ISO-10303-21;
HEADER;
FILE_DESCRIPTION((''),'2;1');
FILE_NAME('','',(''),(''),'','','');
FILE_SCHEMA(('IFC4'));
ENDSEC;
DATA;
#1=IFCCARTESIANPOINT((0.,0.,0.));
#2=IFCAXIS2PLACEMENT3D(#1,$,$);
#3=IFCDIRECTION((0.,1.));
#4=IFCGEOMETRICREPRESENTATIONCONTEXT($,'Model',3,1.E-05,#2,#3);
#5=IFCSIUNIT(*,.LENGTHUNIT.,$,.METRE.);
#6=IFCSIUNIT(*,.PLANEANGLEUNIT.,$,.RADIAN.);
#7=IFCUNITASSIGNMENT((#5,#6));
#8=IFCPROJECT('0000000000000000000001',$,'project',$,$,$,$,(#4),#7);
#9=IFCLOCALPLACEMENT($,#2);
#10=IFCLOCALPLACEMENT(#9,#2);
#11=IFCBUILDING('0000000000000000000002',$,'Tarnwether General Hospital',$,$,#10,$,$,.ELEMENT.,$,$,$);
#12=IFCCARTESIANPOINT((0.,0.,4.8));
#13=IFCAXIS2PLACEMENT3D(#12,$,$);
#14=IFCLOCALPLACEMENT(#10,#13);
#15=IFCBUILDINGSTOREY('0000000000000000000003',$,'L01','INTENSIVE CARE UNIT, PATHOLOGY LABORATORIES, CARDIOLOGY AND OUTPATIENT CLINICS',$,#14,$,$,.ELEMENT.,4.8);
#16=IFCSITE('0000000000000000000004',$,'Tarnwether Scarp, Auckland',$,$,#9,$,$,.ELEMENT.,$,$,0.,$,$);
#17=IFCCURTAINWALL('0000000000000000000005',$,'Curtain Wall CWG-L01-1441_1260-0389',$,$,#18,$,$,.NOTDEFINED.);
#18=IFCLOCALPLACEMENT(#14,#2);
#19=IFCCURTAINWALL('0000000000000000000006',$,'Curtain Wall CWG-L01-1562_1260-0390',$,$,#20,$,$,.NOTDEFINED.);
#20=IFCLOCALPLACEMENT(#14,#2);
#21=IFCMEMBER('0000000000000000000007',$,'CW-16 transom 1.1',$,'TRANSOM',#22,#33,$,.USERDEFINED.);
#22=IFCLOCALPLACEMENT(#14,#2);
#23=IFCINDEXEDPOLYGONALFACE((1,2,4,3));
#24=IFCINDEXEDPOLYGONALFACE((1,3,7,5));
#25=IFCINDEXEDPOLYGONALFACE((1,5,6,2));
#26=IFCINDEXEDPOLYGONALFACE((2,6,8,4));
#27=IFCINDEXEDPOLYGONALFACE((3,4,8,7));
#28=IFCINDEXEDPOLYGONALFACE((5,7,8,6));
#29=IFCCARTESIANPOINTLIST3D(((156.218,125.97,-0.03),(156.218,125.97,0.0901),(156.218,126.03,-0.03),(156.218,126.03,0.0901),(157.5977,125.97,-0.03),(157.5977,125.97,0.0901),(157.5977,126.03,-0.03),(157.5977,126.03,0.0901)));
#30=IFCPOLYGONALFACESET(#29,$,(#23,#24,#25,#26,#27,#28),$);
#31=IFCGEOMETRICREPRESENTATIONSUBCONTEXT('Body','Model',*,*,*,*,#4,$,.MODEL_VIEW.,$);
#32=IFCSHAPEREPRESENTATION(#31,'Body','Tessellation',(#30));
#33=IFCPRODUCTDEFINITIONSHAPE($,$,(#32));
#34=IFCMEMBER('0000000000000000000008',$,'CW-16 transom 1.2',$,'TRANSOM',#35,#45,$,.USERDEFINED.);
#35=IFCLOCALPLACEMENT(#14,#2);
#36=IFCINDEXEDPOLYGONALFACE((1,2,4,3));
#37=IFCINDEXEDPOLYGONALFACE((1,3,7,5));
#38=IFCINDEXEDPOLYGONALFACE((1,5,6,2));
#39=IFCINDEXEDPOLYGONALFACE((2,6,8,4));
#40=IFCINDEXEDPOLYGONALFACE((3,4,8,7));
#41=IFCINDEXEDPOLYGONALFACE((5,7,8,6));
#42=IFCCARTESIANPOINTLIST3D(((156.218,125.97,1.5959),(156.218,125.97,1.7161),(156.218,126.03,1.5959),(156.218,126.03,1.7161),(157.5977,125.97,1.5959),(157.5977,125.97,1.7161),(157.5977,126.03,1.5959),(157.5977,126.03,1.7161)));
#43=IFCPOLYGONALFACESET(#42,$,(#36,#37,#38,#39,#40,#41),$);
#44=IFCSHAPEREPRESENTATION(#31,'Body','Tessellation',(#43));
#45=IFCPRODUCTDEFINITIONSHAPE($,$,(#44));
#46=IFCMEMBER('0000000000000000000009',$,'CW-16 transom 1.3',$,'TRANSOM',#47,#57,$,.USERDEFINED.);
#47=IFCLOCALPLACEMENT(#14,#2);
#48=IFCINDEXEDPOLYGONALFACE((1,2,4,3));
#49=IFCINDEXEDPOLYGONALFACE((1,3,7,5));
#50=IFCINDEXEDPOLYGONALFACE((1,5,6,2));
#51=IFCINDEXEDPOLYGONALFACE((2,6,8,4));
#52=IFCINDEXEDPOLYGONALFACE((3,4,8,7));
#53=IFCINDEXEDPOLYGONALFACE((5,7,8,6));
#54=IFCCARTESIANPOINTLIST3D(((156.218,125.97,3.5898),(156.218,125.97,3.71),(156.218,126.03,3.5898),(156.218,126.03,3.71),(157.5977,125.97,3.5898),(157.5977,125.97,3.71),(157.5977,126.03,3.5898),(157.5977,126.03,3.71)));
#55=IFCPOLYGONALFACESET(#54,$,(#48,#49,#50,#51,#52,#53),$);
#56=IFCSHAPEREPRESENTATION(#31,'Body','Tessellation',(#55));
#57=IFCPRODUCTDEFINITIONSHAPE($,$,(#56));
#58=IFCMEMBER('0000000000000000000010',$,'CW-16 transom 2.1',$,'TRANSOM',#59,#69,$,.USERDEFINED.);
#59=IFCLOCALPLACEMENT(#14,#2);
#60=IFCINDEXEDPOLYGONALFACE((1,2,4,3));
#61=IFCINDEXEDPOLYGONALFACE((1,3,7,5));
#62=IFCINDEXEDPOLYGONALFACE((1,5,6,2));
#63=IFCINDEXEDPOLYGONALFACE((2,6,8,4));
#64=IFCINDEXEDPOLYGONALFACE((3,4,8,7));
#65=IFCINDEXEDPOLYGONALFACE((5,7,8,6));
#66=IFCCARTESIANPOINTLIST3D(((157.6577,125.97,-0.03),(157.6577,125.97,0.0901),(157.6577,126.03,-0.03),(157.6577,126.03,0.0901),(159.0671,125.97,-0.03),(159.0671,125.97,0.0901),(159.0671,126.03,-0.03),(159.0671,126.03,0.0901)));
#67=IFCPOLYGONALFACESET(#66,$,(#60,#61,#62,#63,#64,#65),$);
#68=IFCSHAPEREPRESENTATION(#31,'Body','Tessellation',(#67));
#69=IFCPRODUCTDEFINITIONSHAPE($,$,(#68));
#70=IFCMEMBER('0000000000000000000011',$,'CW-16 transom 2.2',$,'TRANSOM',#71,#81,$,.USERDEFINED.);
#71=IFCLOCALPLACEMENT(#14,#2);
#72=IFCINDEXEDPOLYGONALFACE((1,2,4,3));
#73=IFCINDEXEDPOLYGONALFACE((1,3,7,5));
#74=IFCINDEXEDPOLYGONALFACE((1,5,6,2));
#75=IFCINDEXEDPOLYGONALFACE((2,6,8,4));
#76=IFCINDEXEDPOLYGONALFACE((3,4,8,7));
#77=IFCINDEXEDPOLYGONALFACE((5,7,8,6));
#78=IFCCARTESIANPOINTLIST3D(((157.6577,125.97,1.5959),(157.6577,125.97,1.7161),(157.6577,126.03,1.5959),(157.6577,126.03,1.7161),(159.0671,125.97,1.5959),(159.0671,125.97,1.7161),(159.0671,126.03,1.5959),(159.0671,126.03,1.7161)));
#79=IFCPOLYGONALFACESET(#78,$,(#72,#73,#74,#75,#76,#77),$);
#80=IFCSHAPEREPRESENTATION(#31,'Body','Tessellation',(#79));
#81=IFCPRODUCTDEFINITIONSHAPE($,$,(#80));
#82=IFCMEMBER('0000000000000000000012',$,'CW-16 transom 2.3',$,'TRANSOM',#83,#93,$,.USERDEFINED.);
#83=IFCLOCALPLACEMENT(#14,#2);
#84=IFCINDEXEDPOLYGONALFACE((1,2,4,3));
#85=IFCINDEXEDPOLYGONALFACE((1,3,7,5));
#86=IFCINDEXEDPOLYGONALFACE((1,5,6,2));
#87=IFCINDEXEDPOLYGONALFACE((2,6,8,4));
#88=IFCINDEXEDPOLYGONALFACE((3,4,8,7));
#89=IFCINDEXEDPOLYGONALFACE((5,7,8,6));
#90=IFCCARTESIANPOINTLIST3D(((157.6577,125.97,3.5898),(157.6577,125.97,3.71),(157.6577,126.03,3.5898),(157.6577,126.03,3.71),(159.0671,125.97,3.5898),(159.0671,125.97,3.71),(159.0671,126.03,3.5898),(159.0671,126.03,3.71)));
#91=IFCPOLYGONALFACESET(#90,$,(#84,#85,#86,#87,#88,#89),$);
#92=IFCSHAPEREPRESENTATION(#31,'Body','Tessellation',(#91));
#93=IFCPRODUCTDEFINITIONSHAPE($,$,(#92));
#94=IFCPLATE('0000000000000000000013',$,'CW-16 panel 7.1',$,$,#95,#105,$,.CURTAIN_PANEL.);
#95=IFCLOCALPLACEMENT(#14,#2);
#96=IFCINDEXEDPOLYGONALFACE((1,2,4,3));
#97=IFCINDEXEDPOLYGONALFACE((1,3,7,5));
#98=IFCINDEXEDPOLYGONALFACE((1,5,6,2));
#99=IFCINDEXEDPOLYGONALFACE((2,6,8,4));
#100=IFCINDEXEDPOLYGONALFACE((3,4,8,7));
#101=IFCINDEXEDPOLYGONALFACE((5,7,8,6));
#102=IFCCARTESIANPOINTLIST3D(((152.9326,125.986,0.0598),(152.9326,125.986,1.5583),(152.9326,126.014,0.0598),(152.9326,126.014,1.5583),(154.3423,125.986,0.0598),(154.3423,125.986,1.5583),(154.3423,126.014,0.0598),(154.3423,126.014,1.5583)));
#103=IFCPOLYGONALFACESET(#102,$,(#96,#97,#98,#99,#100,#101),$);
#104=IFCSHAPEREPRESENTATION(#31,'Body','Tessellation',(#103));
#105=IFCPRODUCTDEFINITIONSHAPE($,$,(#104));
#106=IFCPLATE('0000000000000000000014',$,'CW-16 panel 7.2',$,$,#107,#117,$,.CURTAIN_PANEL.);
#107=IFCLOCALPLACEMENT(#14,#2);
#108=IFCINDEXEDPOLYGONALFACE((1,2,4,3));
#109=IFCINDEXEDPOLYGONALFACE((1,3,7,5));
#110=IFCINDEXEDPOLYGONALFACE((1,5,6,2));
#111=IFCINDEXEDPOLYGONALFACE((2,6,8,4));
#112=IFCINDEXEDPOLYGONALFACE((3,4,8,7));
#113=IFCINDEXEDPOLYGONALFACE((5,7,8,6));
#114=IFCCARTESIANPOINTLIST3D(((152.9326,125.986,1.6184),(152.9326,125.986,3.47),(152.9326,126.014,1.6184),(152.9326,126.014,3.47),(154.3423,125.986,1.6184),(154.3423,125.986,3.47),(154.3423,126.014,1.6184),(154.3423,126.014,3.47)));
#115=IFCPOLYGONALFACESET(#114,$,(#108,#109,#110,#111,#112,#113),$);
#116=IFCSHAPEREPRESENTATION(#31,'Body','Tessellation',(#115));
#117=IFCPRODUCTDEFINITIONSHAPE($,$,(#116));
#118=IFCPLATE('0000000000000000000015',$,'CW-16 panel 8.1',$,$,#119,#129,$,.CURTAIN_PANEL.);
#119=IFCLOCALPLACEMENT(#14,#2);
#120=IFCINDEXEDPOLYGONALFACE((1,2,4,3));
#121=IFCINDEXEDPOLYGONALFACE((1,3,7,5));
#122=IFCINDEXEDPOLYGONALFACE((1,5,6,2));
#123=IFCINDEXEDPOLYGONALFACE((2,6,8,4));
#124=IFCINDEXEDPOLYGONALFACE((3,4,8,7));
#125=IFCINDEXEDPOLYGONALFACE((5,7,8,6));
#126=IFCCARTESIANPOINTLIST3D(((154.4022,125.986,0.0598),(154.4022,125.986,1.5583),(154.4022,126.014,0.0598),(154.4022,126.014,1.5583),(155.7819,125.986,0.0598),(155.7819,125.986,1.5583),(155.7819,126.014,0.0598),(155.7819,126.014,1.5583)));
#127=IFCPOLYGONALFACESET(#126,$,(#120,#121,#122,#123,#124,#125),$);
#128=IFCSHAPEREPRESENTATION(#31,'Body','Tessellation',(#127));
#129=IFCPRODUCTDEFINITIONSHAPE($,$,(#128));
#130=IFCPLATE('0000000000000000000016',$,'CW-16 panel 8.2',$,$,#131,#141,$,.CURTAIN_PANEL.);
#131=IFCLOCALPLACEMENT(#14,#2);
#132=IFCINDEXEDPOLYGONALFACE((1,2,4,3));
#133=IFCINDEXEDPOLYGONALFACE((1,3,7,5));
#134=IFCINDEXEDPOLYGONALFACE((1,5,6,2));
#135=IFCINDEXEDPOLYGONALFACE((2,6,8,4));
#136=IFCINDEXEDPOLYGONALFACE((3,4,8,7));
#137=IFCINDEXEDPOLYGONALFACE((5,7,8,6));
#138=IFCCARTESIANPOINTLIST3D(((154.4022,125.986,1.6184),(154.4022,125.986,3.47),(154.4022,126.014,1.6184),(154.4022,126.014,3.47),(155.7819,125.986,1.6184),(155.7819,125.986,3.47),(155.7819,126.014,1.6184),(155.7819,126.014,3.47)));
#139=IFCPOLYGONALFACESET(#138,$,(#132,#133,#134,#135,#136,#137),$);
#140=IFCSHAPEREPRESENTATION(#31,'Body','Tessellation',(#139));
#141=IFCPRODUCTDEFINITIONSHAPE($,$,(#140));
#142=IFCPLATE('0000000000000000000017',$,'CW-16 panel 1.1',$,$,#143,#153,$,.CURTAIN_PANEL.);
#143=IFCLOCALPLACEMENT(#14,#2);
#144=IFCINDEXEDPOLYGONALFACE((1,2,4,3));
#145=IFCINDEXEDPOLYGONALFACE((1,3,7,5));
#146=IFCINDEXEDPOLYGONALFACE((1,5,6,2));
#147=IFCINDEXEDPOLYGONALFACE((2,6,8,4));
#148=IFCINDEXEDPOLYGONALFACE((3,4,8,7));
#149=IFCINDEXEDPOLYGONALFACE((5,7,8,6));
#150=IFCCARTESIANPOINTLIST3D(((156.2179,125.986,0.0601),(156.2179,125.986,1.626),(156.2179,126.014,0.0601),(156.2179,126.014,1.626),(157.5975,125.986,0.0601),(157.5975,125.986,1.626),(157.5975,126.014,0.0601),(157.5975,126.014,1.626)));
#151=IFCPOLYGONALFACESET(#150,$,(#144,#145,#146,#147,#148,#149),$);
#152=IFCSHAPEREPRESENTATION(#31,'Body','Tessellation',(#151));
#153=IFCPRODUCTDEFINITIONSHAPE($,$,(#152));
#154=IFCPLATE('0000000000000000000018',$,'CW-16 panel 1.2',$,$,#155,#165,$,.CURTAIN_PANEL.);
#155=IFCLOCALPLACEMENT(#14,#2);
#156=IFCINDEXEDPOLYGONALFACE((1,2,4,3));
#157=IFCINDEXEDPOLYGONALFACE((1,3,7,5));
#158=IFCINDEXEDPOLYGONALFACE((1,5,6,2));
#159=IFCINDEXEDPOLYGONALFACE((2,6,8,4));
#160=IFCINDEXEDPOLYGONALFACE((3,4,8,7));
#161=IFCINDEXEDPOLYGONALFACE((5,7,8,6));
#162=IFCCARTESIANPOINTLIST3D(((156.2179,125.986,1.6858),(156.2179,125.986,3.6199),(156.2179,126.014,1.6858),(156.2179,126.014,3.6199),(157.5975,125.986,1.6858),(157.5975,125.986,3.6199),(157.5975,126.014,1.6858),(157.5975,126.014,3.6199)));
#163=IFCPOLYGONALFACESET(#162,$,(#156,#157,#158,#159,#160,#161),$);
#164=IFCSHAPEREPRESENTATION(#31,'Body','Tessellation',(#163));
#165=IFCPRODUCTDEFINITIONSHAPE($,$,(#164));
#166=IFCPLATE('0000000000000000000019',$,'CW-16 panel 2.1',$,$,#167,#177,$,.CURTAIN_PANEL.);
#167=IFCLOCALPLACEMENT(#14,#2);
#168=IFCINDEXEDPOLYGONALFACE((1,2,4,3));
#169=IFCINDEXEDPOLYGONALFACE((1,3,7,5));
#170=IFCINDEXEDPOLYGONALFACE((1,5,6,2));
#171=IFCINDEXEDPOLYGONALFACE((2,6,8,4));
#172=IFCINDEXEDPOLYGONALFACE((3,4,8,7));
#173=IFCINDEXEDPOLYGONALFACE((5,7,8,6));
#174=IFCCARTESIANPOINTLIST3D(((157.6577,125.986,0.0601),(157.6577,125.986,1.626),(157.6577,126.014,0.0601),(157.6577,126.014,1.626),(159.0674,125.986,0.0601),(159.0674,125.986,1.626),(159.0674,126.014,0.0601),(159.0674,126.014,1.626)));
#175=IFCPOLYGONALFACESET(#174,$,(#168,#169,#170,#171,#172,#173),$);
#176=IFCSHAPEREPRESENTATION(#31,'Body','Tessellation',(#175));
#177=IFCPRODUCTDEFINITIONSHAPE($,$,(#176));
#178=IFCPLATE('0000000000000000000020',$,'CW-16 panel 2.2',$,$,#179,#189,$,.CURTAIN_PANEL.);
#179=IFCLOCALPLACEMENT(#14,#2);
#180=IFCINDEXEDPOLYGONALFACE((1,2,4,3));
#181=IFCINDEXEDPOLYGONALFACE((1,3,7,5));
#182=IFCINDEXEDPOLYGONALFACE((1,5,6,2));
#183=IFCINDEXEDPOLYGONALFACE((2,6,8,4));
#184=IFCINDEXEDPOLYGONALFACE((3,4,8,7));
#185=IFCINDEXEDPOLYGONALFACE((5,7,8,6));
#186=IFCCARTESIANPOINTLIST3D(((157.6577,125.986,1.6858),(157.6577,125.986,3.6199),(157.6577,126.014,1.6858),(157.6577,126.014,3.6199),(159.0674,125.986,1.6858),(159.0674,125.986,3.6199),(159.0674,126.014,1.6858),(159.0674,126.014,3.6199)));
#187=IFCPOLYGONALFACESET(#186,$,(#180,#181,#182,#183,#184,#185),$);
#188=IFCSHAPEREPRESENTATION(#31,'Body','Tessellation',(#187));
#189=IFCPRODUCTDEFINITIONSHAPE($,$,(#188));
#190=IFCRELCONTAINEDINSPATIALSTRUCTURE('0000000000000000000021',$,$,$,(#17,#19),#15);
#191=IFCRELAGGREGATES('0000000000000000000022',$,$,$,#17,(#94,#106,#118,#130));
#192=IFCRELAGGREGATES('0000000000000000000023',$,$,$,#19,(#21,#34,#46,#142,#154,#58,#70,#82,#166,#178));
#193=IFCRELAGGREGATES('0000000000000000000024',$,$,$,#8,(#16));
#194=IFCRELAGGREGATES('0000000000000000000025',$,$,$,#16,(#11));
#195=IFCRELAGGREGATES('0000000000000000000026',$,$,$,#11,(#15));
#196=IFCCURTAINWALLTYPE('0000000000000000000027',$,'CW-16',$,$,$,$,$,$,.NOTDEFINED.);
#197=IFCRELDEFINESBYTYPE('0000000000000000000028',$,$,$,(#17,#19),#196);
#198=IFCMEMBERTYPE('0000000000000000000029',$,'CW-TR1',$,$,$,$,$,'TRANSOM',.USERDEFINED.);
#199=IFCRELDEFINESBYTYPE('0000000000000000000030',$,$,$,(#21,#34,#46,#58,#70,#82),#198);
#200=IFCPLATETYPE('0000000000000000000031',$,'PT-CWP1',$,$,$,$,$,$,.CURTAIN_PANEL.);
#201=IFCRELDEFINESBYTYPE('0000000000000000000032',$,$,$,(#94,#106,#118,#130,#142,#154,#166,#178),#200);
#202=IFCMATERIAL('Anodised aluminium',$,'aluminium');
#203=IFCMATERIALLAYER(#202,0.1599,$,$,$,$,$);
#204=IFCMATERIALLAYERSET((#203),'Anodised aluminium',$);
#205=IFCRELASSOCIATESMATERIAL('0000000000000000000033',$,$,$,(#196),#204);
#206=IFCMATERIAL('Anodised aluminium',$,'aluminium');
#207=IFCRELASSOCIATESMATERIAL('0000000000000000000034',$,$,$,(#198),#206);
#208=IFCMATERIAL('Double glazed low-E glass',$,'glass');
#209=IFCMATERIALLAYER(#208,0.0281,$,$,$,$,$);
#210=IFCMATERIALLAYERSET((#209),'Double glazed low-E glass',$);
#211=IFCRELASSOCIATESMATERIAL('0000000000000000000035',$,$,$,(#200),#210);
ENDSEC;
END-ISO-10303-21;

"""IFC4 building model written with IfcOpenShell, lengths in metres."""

from ifc_helpers import new_model, si_unit, direction, frame, origin, origin_2d, place, context, subcontext, project, spatial, rectangle, extrude, material, layer, layer_set, material_profile, profile_set, type_object, element, aggregate, save


model = new_model("IFC4")

# Units and contexts
model_context = context("Model", 3, precision=1e-05, world=origin(), true_north=direction((0.0, 1.0)))
body_context = subcontext(model_context, "Body", "Model", "MODEL_VIEW")
ifc_project = project(units=[si_unit("LENGTHUNIT", "METRE"), si_unit("PLANEANGLEUNIT", "RADIAN")], contexts=[model_context])

# Site, building, storey
site_placement = place(None, origin())
site = spatial("IfcSite", under=ifc_project, at=site_placement, Name="Tarnwether Scarp, Auckland", CompositionType="ELEMENT", RefElevation=0.0)
building_placement = place(site_placement, origin())
building = spatial("IfcBuilding", under=site, at=building_placement, Name="Tarnwether General Hospital", CompositionType="ELEMENT")
storey_placement = place(building_placement, frame((0.0, 0.0, 4.8)))
storey = spatial("IfcBuildingStorey", under=building, at=storey_placement, Name="L01", Description="INTENSIVE CARE UNIT, PATHOLOGY LABORATORIES, CARDIOLOGY AND OUTPATIENT CLINICS", CompositionType="ELEMENT", Elevation=4.8)

# Curtain walls
ifc_material_1 = material(Name="Anodised aluminium", Category="aluminium")
ifc_layer_1 = layer(ifc_material_1, 0.1599)
ifc_layer_set_1 = layer_set([ifc_layer_1], Name="Anodised aluminium")
curtain_wall_type = type_object("IfcCurtainWallType", Name="CW-16", PredefinedType="NOTDEFINED", material=ifc_layer_set_1)
curtain_wall_1_placement = place(storey_placement, origin())
curtain_wall_1 = element("IfcCurtainWall", 1, at=curtain_wall_1_placement, inside=storey, type_object=curtain_wall_type, Name="Curtain Wall CWG-L01-1441_1260-0389", PredefinedType="NOTDEFINED")
curtain_wall_2_placement = place(storey_placement, origin())
curtain_wall_2 = element("IfcCurtainWall", 2, at=curtain_wall_2_placement, inside=storey, type_object=curtain_wall_type, Name="Curtain Wall CWG-L01-1562_1260-0390", PredefinedType="NOTDEFINED")

# Members
ifc_material_2 = material(Name="Anodised aluminium", Category="aluminium")
ifc_material_profile_1 = material_profile(ifc_material_2, rectangle(XDim=0.0601, YDim=0.1201, at=origin_2d()), Name="ALU-TRN-60x120")
ifc_profile_set_1 = profile_set([ifc_material_profile_1], Name="Anodised aluminium")
member_type_1 = type_object("IfcMemberType", Name="CW-TR1", ElementType="TRANSOM", PredefinedType="USERDEFINED", material=ifc_profile_set_1)
member_1_placement = place(storey_placement, frame((156.218, 126.0, 0.03), z_axis=(1.0, 0.0, 0.0), x_axis=(0.0, 1.0, 0.0)))
member_1 = element("IfcMember", 3, at=member_1_placement, type_object=member_type_1, Name="CW-16 transom 1.1", ObjectType="TRANSOM", PredefinedType="USERDEFINED", context=body_context, shape_type="SweptSolid", body=[
    extrude(rectangle(XDim=0.0601, YDim=0.1201, at=origin_2d()), origin(), (0.0, 0.0, 1.0), 1.3796),
])
member_2_placement = place(storey_placement, frame((156.218, 126.0, 1.656), z_axis=(1.0, 0.0, 0.0), x_axis=(0.0, 1.0, 0.0)))
member_2 = element("IfcMember", 4, at=member_2_placement, type_object=member_type_1, Name="CW-16 transom 1.2", ObjectType="TRANSOM", PredefinedType="USERDEFINED", context=body_context, shape_type="SweptSolid", body=[
    extrude(rectangle(XDim=0.0601, YDim=0.1201, at=origin_2d()), origin(), (0.0, 0.0, 1.0), 1.3796),
])
member_3_placement = place(storey_placement, frame((156.218, 126.0, 3.6499), z_axis=(1.0, 0.0, 0.0), x_axis=(0.0, 1.0, 0.0)))
member_3 = element("IfcMember", 5, at=member_3_placement, type_object=member_type_1, Name="CW-16 transom 1.3", ObjectType="TRANSOM", PredefinedType="USERDEFINED", context=body_context, shape_type="SweptSolid", body=[
    extrude(rectangle(XDim=0.0601, YDim=0.1201, at=origin_2d()), origin(), (0.0, 0.0, 1.0), 1.3796),
])
member_4_placement = place(storey_placement, frame((157.6577, 126.0, 0.03), z_axis=(1.0, 0.0, 0.0), x_axis=(0.0, 1.0, 0.0)))
member_4 = element("IfcMember", 6, at=member_4_placement, type_object=member_type_1, Name="CW-16 transom 2.1", ObjectType="TRANSOM", PredefinedType="USERDEFINED", context=body_context, shape_type="SweptSolid", body=[
    extrude(rectangle(XDim=0.0601, YDim=0.1201, at=origin_2d()), origin(), (0.0, 0.0, 1.0), 1.4094),
])
member_5_placement = place(storey_placement, frame((157.6577, 126.0, 1.656), z_axis=(1.0, 0.0, 0.0), x_axis=(0.0, 1.0, 0.0)))
member_5 = element("IfcMember", 7, at=member_5_placement, type_object=member_type_1, Name="CW-16 transom 2.2", ObjectType="TRANSOM", PredefinedType="USERDEFINED", context=body_context, shape_type="SweptSolid", body=[
    extrude(rectangle(XDim=0.0601, YDim=0.1201, at=origin_2d()), origin(), (0.0, 0.0, 1.0), 1.4094),
])
member_6_placement = place(storey_placement, frame((157.6577, 126.0, 3.6499), z_axis=(1.0, 0.0, 0.0), x_axis=(0.0, 1.0, 0.0)))
member_6 = element("IfcMember", 8, at=member_6_placement, type_object=member_type_1, Name="CW-16 transom 2.3", ObjectType="TRANSOM", PredefinedType="USERDEFINED", context=body_context, shape_type="SweptSolid", body=[
    extrude(rectangle(XDim=0.0601, YDim=0.1201, at=origin_2d()), origin(), (0.0, 0.0, 1.0), 1.4094),
])

# Plates
ifc_material_3 = material(Name="Double glazed low-E glass", Category="glass")
ifc_layer_2 = layer(ifc_material_3, 0.0281)
ifc_layer_set_2 = layer_set([ifc_layer_2], Name="Double glazed low-E glass")
plate_type_1 = type_object("IfcPlateType", Name="PT-CWP1", PredefinedType="CURTAIN_PANEL", material=ifc_layer_set_2)
plate_1_placement = place(storey_placement, frame((153.6375, 126.0, 0.0598), z_axis=(0.0, 0.0, 1.0), x_axis=(1.0, 0.0, 0.0)))
plate_1 = element("IfcPlate", 9, at=plate_1_placement, type_object=plate_type_1, Name="CW-16 panel 7.1", PredefinedType="CURTAIN_PANEL", context=body_context, shape_type="SweptSolid", body=[
    extrude(rectangle(XDim=1.4097, YDim=0.0281, at=origin_2d()), origin(), (0.0, 0.0, 1.0), 1.4985),
])
plate_2_placement = place(storey_placement, frame((153.6375, 126.0, 1.6184), z_axis=(0.0, 0.0, 1.0), x_axis=(1.0, 0.0, 0.0)))
plate_2 = element("IfcPlate", 10, at=plate_2_placement, type_object=plate_type_1, Name="CW-16 panel 7.2", PredefinedType="CURTAIN_PANEL", context=body_context, shape_type="SweptSolid", body=[
    extrude(rectangle(XDim=1.4097, YDim=0.0281, at=origin_2d()), origin(), (0.0, 0.0, 1.0), 1.8516),
])
plate_3_placement = place(storey_placement, frame((155.092, 126.0, 0.0598), z_axis=(0.0, 0.0, 1.0), x_axis=(1.0, 0.0, 0.0)))
plate_3 = element("IfcPlate", 11, at=plate_3_placement, type_object=plate_type_1, Name="CW-16 panel 8.1", PredefinedType="CURTAIN_PANEL", context=body_context, shape_type="SweptSolid", body=[
    extrude(rectangle(XDim=1.3796, YDim=0.0281, at=origin_2d()), origin(), (0.0, 0.0, 1.0), 1.4985),
])
plate_4_placement = place(storey_placement, frame((155.092, 126.0, 1.6184), z_axis=(0.0, 0.0, 1.0), x_axis=(1.0, 0.0, 0.0)))
plate_4 = element("IfcPlate", 12, at=plate_4_placement, type_object=plate_type_1, Name="CW-16 panel 8.2", PredefinedType="CURTAIN_PANEL", context=body_context, shape_type="SweptSolid", body=[
    extrude(rectangle(XDim=1.3796, YDim=0.0281, at=origin_2d()), origin(), (0.0, 0.0, 1.0), 1.8516),
])
aggregate(curtain_wall_1, [plate_1, plate_2, plate_3, plate_4])
plate_5_placement = place(storey_placement, frame((156.9077, 126.0, 0.0601), z_axis=(0.0, 0.0, 1.0), x_axis=(1.0, 0.0, 0.0)))
plate_5 = element("IfcPlate", 13, at=plate_5_placement, type_object=plate_type_1, Name="CW-16 panel 1.1", PredefinedType="CURTAIN_PANEL", context=body_context, shape_type="SweptSolid", body=[
    extrude(rectangle(XDim=1.3796, YDim=0.0281, at=origin_2d()), origin(), (0.0, 0.0, 1.0), 1.5659),
])
plate_6_placement = place(storey_placement, frame((156.9077, 126.0, 1.6858), z_axis=(0.0, 0.0, 1.0), x_axis=(1.0, 0.0, 0.0)))
plate_6 = element("IfcPlate", 14, at=plate_6_placement, type_object=plate_type_1, Name="CW-16 panel 1.2", PredefinedType="CURTAIN_PANEL", context=body_context, shape_type="SweptSolid", body=[
    extrude(rectangle(XDim=1.3796, YDim=0.0281, at=origin_2d()), origin(), (0.0, 0.0, 1.0), 1.9341),
])
plate_7_placement = place(storey_placement, frame((158.3625, 126.0, 0.0601), z_axis=(0.0, 0.0, 1.0), x_axis=(1.0, 0.0, 0.0)))
plate_7 = element("IfcPlate", 15, at=plate_7_placement, type_object=plate_type_1, Name="CW-16 panel 2.1", PredefinedType="CURTAIN_PANEL", context=body_context, shape_type="SweptSolid", body=[
    extrude(rectangle(XDim=1.4097, YDim=0.0281, at=origin_2d()), origin(), (0.0, 0.0, 1.0), 1.5659),
])
plate_8_placement = place(storey_placement, frame((158.3625, 126.0, 1.6858), z_axis=(0.0, 0.0, 1.0), x_axis=(1.0, 0.0, 0.0)))
plate_8 = element("IfcPlate", 16, at=plate_8_placement, type_object=plate_type_1, Name="CW-16 panel 2.2", PredefinedType="CURTAIN_PANEL", context=body_context, shape_type="SweptSolid", body=[
    extrude(rectangle(XDim=1.4097, YDim=0.0281, at=origin_2d()), origin(), (0.0, 0.0, 1.0), 1.9341),
])
aggregate(curtain_wall_2, [member_1, member_2, member_3, plate_5, plate_6, member_4, member_5, member_6, plate_7, plate_8])

save(model, "model.ifc")
